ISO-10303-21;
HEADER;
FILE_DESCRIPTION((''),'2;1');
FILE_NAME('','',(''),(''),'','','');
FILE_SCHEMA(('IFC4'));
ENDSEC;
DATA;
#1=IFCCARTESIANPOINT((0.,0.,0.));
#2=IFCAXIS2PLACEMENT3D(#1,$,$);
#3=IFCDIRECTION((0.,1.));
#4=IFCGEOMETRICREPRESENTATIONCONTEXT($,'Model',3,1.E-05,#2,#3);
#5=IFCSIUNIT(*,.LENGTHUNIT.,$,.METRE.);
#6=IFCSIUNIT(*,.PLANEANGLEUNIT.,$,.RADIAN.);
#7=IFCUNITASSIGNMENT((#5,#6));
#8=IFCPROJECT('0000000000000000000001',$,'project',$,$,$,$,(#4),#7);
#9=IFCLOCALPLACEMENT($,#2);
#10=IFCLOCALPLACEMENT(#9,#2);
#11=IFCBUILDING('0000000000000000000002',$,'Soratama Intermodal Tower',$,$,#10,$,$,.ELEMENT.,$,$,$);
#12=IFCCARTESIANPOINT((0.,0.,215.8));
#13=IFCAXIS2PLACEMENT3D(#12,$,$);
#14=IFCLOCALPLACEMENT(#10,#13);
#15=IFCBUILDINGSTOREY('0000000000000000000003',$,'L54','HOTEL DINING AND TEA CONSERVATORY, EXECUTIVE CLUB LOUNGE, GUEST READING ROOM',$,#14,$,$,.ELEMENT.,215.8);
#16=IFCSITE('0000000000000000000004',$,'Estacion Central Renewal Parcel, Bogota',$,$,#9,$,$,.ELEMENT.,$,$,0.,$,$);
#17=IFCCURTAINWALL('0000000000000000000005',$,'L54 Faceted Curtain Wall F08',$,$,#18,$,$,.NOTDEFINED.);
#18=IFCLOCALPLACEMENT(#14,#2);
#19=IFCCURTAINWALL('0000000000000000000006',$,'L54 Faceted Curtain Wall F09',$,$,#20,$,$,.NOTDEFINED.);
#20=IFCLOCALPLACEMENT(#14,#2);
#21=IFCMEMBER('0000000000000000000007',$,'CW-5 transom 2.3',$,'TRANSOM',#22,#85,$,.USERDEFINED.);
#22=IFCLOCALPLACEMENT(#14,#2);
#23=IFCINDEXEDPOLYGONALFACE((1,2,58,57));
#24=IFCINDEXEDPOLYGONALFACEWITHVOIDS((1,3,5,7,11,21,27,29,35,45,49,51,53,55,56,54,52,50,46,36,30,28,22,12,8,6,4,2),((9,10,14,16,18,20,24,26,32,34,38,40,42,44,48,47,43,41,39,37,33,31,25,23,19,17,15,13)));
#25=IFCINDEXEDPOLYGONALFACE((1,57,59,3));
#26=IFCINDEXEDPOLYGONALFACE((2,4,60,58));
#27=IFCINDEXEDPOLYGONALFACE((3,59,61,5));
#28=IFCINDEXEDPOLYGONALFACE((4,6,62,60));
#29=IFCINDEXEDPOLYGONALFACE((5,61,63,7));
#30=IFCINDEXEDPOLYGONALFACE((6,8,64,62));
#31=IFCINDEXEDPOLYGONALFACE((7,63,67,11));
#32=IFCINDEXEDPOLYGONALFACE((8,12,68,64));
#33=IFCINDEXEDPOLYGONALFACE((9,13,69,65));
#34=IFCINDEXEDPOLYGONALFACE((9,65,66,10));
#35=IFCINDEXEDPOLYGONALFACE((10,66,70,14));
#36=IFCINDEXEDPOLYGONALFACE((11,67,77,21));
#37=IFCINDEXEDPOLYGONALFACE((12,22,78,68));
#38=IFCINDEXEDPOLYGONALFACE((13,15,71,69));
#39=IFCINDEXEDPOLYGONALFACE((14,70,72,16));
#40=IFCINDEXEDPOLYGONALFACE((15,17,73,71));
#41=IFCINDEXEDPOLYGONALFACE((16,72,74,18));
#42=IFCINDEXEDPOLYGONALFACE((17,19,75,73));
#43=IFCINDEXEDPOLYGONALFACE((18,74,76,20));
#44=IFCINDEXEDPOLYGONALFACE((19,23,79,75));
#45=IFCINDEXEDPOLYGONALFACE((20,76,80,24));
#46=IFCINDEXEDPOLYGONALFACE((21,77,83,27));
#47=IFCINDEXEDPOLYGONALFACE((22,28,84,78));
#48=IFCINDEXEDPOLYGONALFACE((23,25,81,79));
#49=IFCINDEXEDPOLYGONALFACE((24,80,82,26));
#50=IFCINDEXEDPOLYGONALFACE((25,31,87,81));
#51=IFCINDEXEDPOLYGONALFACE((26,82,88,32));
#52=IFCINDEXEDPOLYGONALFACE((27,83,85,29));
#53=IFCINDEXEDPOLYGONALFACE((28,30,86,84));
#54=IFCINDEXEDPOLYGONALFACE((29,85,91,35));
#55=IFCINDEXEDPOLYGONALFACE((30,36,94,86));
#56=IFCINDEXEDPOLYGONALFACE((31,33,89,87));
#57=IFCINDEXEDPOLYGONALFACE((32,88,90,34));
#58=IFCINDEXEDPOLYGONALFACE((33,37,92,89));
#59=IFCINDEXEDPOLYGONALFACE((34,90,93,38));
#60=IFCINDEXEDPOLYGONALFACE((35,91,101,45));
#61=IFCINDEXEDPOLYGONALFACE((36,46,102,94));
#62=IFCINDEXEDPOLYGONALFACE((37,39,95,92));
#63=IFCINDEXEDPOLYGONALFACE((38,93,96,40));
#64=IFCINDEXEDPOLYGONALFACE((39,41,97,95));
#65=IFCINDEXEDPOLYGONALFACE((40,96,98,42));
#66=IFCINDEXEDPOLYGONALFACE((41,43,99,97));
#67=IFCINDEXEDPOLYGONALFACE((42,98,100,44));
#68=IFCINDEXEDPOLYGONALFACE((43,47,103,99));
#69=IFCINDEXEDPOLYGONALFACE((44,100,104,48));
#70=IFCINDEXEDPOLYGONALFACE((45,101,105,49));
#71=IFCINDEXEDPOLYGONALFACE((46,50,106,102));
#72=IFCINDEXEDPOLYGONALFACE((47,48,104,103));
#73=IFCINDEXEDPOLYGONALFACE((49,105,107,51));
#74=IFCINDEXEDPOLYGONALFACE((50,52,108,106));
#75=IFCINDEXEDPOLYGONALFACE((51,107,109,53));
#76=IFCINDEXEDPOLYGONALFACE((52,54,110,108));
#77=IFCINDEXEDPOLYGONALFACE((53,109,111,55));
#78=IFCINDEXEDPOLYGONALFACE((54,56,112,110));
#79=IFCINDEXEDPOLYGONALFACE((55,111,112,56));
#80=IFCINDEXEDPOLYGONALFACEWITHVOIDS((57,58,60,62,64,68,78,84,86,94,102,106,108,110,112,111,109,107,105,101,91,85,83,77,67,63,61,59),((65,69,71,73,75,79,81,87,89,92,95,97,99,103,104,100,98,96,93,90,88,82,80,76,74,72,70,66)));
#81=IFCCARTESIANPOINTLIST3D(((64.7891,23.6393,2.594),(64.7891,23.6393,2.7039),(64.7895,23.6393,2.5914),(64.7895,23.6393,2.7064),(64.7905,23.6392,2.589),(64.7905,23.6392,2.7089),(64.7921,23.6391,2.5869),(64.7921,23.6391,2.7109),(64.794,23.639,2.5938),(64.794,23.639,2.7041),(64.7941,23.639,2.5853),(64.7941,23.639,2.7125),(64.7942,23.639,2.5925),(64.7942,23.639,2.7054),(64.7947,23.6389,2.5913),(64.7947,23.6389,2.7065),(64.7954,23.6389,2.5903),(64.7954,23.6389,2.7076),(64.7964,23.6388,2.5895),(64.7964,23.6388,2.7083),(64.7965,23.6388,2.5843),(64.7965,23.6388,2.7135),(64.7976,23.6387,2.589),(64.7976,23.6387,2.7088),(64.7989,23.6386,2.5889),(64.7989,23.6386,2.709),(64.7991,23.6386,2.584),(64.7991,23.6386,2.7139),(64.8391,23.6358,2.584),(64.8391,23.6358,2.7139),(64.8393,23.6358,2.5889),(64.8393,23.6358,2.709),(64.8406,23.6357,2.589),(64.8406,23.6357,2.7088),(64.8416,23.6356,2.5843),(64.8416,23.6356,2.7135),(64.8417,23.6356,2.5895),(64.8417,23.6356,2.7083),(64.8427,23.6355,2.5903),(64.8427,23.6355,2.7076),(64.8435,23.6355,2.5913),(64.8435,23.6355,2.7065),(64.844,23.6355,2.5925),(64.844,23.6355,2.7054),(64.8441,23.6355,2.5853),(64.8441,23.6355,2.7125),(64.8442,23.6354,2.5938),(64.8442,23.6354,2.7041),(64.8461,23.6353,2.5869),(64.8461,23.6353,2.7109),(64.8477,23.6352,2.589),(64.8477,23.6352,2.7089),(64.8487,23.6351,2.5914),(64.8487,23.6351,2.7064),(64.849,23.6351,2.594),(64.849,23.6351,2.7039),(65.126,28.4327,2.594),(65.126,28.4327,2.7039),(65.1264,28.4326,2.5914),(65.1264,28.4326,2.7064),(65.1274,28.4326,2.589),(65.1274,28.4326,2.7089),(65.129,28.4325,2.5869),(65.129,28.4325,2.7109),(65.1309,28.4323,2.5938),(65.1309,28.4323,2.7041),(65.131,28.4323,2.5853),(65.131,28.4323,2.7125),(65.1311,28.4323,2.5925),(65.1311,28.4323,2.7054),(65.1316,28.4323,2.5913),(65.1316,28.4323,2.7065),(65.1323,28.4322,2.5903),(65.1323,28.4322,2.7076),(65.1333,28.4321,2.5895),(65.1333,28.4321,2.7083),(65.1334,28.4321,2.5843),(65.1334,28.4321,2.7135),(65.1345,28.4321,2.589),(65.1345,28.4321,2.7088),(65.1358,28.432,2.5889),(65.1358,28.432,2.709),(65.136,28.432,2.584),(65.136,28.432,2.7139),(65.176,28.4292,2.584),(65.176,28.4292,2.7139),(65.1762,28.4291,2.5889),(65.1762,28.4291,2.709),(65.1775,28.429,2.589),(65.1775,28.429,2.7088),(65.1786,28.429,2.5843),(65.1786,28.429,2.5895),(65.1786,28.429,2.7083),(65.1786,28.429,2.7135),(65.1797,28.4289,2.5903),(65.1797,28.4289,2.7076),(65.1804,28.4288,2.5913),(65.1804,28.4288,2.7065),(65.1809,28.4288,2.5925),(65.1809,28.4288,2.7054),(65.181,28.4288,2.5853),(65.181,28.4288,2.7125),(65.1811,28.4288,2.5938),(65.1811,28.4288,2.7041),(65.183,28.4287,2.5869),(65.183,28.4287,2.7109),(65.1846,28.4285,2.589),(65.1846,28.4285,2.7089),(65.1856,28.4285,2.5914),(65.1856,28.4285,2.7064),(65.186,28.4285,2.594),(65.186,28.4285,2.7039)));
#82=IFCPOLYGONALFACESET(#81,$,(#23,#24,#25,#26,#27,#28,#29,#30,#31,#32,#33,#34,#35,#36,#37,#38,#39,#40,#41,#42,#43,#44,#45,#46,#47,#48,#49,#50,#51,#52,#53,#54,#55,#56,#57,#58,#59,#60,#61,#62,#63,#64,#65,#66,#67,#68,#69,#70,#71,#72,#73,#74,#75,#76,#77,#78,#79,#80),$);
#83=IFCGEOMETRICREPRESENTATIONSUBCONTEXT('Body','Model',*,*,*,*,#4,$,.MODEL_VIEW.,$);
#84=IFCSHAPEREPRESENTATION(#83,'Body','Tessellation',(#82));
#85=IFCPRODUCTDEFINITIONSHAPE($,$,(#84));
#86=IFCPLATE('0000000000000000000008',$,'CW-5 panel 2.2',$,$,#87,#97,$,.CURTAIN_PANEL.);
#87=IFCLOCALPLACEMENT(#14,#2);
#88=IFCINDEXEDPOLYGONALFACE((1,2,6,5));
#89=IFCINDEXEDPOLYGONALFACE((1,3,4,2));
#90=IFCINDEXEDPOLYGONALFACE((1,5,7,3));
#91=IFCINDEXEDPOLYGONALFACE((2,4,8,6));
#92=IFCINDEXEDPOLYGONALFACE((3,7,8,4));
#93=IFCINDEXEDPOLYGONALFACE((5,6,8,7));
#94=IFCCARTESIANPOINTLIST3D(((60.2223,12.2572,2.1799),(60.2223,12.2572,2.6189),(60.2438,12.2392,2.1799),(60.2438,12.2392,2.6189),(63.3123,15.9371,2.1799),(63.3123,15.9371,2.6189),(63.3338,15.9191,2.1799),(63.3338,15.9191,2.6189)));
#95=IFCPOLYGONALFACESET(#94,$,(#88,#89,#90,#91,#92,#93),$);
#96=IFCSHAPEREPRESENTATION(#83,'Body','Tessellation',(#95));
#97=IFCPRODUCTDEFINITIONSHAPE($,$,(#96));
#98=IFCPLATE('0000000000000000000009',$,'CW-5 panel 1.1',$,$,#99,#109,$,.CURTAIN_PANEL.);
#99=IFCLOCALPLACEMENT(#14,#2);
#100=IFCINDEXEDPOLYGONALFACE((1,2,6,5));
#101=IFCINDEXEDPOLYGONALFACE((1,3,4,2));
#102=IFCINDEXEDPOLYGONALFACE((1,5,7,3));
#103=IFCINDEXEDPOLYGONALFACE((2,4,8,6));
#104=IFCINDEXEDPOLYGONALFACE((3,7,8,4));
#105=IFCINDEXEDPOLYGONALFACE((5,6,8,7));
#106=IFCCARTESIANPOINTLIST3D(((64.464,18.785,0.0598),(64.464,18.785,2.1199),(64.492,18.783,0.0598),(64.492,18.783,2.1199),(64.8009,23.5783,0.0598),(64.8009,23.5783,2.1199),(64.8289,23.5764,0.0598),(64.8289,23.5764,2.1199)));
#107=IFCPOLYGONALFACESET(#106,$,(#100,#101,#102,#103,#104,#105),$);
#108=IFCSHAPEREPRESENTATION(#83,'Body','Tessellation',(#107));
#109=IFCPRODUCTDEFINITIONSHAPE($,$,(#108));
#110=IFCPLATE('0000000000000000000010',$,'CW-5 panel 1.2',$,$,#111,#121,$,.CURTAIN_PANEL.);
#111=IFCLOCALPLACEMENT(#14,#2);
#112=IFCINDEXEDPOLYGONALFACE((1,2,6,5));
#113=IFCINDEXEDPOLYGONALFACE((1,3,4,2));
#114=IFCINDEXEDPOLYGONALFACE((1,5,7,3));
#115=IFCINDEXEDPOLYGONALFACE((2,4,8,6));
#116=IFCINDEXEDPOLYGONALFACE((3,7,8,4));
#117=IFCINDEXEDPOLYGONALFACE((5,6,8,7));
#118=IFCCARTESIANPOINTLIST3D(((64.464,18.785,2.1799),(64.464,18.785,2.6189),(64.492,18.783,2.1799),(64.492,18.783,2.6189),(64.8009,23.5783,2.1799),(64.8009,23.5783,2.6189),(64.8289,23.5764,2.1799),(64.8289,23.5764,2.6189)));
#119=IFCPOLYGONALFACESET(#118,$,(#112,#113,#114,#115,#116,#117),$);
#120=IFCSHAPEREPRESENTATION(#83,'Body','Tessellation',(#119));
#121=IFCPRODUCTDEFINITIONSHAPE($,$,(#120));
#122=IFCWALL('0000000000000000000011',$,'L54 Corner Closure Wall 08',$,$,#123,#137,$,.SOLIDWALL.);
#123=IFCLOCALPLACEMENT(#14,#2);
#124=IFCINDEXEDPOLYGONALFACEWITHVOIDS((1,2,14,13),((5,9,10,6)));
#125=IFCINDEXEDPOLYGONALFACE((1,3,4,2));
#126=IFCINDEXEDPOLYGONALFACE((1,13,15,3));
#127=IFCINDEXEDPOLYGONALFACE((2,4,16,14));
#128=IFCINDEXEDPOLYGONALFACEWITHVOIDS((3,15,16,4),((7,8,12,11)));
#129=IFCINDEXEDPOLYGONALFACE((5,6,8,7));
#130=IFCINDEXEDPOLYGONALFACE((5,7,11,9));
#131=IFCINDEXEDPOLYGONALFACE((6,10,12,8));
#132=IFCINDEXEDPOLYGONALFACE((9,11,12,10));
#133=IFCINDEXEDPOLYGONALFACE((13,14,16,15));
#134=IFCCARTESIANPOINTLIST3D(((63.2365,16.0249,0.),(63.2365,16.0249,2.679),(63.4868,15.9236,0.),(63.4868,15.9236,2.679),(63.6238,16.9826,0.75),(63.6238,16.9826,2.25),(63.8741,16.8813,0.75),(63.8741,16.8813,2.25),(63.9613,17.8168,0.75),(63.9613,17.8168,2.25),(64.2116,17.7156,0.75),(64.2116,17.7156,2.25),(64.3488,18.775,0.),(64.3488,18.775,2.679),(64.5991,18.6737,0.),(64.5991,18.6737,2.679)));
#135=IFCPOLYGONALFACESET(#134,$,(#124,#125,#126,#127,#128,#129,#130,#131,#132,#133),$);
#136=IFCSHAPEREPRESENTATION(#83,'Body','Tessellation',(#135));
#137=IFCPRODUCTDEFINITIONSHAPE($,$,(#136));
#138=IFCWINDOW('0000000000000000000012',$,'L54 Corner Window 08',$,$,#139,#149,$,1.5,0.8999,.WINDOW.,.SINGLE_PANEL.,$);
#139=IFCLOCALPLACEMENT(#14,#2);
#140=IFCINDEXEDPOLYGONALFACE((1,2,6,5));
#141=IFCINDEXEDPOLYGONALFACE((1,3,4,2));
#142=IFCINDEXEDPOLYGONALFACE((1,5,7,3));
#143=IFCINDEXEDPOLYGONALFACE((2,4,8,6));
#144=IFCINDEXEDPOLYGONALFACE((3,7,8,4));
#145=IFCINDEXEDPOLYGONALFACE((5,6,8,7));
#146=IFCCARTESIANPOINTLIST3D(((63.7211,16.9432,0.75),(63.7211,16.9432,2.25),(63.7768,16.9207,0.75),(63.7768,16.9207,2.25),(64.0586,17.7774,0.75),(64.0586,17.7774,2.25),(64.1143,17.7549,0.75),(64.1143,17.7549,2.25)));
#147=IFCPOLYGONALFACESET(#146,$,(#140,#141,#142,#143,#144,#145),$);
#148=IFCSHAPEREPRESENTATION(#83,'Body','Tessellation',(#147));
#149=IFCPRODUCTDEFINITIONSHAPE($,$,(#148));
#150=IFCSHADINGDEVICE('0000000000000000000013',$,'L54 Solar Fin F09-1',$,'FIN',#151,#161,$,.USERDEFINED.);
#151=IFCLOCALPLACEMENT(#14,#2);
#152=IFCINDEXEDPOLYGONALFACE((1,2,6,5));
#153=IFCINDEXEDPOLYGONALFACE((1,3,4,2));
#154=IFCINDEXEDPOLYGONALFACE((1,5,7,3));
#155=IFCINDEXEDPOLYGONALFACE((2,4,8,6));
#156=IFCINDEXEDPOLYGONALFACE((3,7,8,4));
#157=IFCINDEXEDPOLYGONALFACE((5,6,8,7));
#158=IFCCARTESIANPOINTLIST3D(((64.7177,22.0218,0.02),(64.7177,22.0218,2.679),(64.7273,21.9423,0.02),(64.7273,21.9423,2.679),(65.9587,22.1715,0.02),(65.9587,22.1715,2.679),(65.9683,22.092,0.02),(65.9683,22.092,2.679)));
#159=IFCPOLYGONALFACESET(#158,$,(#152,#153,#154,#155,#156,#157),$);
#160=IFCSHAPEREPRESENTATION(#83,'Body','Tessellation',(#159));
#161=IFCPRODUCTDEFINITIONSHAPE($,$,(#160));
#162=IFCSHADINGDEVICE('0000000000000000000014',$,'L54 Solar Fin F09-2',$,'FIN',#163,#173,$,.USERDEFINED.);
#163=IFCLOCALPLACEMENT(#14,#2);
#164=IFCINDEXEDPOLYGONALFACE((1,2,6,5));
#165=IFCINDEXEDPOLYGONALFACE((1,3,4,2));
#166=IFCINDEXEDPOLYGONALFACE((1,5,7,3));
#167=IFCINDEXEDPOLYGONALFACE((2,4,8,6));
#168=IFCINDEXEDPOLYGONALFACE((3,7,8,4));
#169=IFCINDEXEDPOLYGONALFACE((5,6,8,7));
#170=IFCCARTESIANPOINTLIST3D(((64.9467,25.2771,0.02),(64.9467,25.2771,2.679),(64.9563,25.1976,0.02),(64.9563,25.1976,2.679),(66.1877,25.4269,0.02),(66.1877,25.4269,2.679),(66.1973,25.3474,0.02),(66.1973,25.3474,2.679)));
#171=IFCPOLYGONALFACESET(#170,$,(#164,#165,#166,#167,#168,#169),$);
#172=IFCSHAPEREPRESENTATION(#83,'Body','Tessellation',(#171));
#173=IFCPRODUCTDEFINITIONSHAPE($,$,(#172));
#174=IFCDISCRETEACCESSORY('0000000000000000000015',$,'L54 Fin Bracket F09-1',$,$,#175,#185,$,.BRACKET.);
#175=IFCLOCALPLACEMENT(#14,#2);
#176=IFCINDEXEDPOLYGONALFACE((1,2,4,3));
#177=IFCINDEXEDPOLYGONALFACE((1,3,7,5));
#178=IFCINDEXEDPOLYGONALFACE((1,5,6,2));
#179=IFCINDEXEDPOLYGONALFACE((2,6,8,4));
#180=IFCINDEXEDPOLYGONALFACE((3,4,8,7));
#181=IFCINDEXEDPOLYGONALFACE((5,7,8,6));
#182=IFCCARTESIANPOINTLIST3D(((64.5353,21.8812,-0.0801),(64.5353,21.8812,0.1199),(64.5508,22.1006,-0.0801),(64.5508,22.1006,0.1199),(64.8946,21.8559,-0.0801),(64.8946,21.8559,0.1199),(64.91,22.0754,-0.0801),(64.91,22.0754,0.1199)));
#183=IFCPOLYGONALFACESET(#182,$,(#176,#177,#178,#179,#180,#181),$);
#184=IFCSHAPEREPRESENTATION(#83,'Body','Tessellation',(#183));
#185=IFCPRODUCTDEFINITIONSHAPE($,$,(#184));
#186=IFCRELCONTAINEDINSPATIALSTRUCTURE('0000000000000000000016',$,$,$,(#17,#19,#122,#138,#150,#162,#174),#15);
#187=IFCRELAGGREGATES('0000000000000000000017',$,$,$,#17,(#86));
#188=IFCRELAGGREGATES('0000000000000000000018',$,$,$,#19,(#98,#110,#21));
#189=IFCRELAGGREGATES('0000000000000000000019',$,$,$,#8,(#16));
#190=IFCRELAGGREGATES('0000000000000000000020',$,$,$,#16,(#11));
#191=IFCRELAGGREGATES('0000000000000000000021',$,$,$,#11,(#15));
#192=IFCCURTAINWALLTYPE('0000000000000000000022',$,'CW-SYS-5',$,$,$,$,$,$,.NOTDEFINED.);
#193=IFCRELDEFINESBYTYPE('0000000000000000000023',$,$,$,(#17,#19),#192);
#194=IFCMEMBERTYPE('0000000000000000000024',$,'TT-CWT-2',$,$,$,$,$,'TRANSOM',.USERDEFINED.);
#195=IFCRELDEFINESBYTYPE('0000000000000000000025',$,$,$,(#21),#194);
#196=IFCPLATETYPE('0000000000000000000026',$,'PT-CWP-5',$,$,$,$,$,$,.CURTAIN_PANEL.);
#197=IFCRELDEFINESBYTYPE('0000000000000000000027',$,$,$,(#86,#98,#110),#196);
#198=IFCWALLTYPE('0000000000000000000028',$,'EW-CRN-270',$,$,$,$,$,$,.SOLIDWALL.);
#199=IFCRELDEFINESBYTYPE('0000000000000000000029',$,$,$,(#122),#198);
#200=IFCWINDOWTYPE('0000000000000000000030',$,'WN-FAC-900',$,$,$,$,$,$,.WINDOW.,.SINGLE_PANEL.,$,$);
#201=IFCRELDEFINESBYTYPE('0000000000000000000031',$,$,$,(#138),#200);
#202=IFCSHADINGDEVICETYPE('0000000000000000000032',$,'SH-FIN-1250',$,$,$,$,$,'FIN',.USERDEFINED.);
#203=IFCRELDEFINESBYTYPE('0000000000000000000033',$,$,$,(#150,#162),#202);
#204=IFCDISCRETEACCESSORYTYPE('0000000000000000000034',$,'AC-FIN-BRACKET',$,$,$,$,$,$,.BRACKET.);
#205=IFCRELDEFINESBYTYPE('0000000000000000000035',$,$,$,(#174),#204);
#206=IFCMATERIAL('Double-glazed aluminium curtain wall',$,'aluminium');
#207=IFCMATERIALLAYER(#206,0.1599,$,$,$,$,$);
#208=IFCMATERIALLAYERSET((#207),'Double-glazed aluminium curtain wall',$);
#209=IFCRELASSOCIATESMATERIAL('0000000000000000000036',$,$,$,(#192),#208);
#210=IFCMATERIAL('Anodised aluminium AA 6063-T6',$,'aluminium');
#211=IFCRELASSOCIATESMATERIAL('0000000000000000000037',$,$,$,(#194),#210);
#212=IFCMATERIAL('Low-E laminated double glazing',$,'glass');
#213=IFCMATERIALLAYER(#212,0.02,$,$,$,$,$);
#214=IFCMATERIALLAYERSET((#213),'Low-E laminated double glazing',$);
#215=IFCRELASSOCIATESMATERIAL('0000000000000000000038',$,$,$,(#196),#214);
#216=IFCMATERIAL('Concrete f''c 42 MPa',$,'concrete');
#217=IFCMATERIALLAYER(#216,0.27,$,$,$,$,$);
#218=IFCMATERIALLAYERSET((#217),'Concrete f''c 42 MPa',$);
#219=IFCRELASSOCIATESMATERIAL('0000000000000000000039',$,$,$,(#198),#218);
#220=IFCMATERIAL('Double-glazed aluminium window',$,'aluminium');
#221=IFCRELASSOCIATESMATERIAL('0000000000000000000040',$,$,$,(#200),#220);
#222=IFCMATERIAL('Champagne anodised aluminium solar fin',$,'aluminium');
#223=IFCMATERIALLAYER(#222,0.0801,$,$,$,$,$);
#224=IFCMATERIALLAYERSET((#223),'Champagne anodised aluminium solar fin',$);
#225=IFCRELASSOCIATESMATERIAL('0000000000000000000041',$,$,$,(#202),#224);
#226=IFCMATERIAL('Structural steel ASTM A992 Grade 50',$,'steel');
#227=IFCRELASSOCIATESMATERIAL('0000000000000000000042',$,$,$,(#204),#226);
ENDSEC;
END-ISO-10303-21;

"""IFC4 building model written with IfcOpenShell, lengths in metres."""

from ifc_helpers import new_model, si_unit, direction, frame, frame_2d, origin, origin_2d, place, context, subcontext, project, spatial, rectangle, hollow_rectangle, extrude, material, layer, layer_set, material_profile, profile_set, type_object, element, fill, aggregate, save


model = new_model("IFC4")

# Units and contexts
model_context = context("Model", 3, precision=1e-05, world=origin(), true_north=direction((0.0, 1.0)))
body_context = subcontext(model_context, "Body", "Model", "MODEL_VIEW")
ifc_project = project(units=[si_unit("LENGTHUNIT", "METRE"), si_unit("PLANEANGLEUNIT", "RADIAN")], contexts=[model_context])

# Site, building, storey
site_placement = place(None, origin())
site = spatial("IfcSite", under=ifc_project, at=site_placement, Name="Estacion Central Renewal Parcel, Bogota", CompositionType="ELEMENT", RefElevation=0.0)
building_placement = place(site_placement, origin())
building = spatial("IfcBuilding", under=site, at=building_placement, Name="Soratama Intermodal Tower", CompositionType="ELEMENT")
storey_placement = place(building_placement, frame((0.0, 0.0, 215.8)))
storey = spatial("IfcBuildingStorey", under=building, at=storey_placement, Name="L54", Description="HOTEL DINING AND TEA CONSERVATORY, EXECUTIVE CLUB LOUNGE, GUEST READING ROOM", CompositionType="ELEMENT", Elevation=215.8)

# Curtain wall
ifc_material_1 = material(Name="Double-glazed aluminium curtain wall", Category="aluminium")
ifc_layer_1 = layer(ifc_material_1, 0.1599)
ifc_layer_set_1 = layer_set([ifc_layer_1], Name="Double-glazed aluminium curtain wall")
curtain_wall_type = type_object("IfcCurtainWallType", Name="CW-SYS-5", PredefinedType="NOTDEFINED", material=ifc_layer_set_1)
curtain_wall_1_placement = place(storey_placement, origin())
curtain_wall_1 = element("IfcCurtainWall", 1, at=curtain_wall_1_placement, inside=storey, type_object=curtain_wall_type, Name="L54 Faceted Curtain Wall F08", PredefinedType="NOTDEFINED")

# Curtain wall, member
curtain_wall_2_placement = place(storey_placement, origin())
curtain_wall_2 = element("IfcCurtainWall", 2, at=curtain_wall_2_placement, inside=storey, type_object=curtain_wall_type, Name="L54 Faceted Curtain Wall F09", PredefinedType="NOTDEFINED")
ifc_material_2 = material(Name="Anodised aluminium AA 6063-T6", Category="aluminium")
ifc_material_profile_1 = material_profile(ifc_material_2, hollow_rectangle(XDim=0.0601, YDim=0.1299, WallThickness=0.0049, InnerFilletRadius=0.0049, OuterFilletRadius=0.01, at=origin_2d()), Name="CWT130X60X5")
ifc_profile_set_1 = profile_set([ifc_material_profile_1], Name="Anodised aluminium AA 6063-T6")
member_type_1 = type_object("IfcMemberType", Name="TT-CWT-2", ElementType="TRANSOM", PredefinedType="USERDEFINED", material=ifc_profile_set_1)
member_1_placement = place(storey_placement, frame((64.8191, 23.6372, 2.6489), z_axis=(0.070113, 0.997539, 0.0), x_axis=(-0.997539, 0.070113, 0.0)))
member_1 = element("IfcMember", 3, at=member_1_placement, type_object=member_type_1, Name="CW-5 transom 2.3", ObjectType="TRANSOM", PredefinedType="USERDEFINED", context=body_context, shape_type="SweptSolid", body=[
    extrude(hollow_rectangle(XDim=0.0601, YDim=0.1299, WallThickness=0.0049, InnerFilletRadius=0.0049, OuterFilletRadius=0.01, at=origin_2d()), origin(), (0.0, 0.0, 1.0), 4.8052),
])

# Plates
ifc_material_3 = material(Name="Low-E laminated double glazing", Category="glass")
ifc_layer_2 = layer(ifc_material_3, 0.02)
ifc_layer_set_2 = layer_set([ifc_layer_2], Name="Low-E laminated double glazing")
plate_type = type_object("IfcPlateType", Name="PT-CWP-5", PredefinedType="CURTAIN_PANEL", material=ifc_layer_set_2)
plate_1_placement = place(storey_placement, frame((61.7781, 14.0881, 2.1799), z_axis=(0.0, 0.0, 1.0), x_axis=(0.643051, 0.765823, 0.0)))
plate_1 = element("IfcPlate", 4, at=plate_1_placement, type_object=plate_type, Name="CW-5 panel 2.2", PredefinedType="CURTAIN_PANEL", context=body_context, shape_type="SweptSolid", body=[
    extrude(rectangle(XDim=4.8052, YDim=0.0281, at=origin_2d()), origin(), (0.0, 0.0, 1.0), 0.439),
])
aggregate(curtain_wall_1, [plate_1])
plate_2_placement = place(storey_placement, frame((64.6465, 21.1807, 0.0598), z_axis=(0.0, 0.0, 1.0), x_axis=(0.070109, 0.997539, 0.0)))
plate_2 = element("IfcPlate", 5, at=plate_2_placement, type_object=plate_type, Name="CW-5 panel 1.1", PredefinedType="CURTAIN_PANEL", context=body_context, shape_type="SweptSolid", body=[
    extrude(rectangle(XDim=4.8052, YDim=0.0281, at=origin_2d()), origin(), (0.0, 0.0, 1.0), 2.0601),
])
plate_3_placement = place(storey_placement, frame((64.6465, 21.1807, 2.1799), z_axis=(0.0, 0.0, 1.0), x_axis=(0.070109, 0.997539, 0.0)))
plate_3 = element("IfcPlate", 6, at=plate_3_placement, type_object=plate_type, Name="CW-5 panel 1.2", PredefinedType="CURTAIN_PANEL", context=body_context, shape_type="SweptSolid", body=[
    extrude(rectangle(XDim=4.8052, YDim=0.0281, at=origin_2d()), origin(), (0.0, 0.0, 1.0), 0.439),
])
aggregate(curtain_wall_2, [plate_2, plate_3, member_1])

# Wall, opening, window
ifc_material_4 = material(Name="Concrete f'c 42 MPa", Category="concrete")
ifc_layer_3 = layer(ifc_material_4, 0.27)
ifc_layer_set_3 = layer_set([ifc_layer_3], Name="Concrete f'c 42 MPa")
wall_type = type_object("IfcWallType", Name="EW-CRN-270", PredefinedType="SOLIDWALL", material=ifc_layer_set_3)
wall_placement = place(storey_placement, frame((63.3616, 15.9741, 0.0), z_axis=(0.0, 0.0, 1.0), x_axis=(0.374964, 0.927039, 0.0)))
wall = element("IfcWall", 7, at=wall_placement, inside=storey, type_object=wall_type, Name="L54 Corner Closure Wall 08", PredefinedType="SOLIDWALL", context=body_context, shape_type="SweptSolid", body=[
    extrude(rectangle(XDim=2.9666, YDim=0.27, at=frame_2d((1.4834, 0.0))), origin(), (0.0, 0.0, 1.0), 2.679),
])
opening_placement = place(wall_placement, frame((1.0332, 0.0, 0.75)))
opening = element("IfcOpeningElement", 8, at=opening_placement, cuts=wall, PredefinedType="OPENING", context=body_context, shape_type="SweptSolid", body=[
    extrude(rectangle(XDim=0.8999, YDim=1.5, at=frame_2d((0.45, 0.75))), frame((0.0, 0.145, 0.0), z_axis=(0.0, -1.0, 0.0), x_axis=(1.0, 0.0, 0.0)), (0.0, 0.0, 1.0), 0.29),
])
ifc_material_5 = material(Name="Double-glazed aluminium window", Category="aluminium")
window_type = type_object("IfcWindowType", Name="WN-FAC-900", PartitioningType="SINGLE_PANEL", PredefinedType="WINDOW", material=ifc_material_5)
window_placement = place(opening_placement, origin())
window = element("IfcWindow", 9, at=window_placement, inside=storey, type_object=window_type, Name="L54 Corner Window 08", OverallHeight=1.5, OverallWidth=0.8999, PartitioningType="SINGLE_PANEL", PredefinedType="WINDOW", context=body_context, shape_type="SweptSolid", body=[
    extrude(rectangle(XDim=0.8999, YDim=1.5, at=frame_2d((0.45, 0.75))), frame((0.0, 0.03, 0.0), z_axis=(0.0, -1.0, 0.0), x_axis=(1.0, 0.0, 0.0)), (0.0, 0.0, 1.0), 0.0601),
])
fill(opening, window)

# Shading devices
ifc_material_6 = material(Name="Champagne anodised aluminium solar fin", Category="aluminium")
ifc_layer_4 = layer(ifc_material_6, 0.0801)
ifc_layer_set_4 = layer_set([ifc_layer_4], Name="Champagne anodised aluminium solar fin")
shading_device_type = type_object("IfcShadingDeviceType", Name="SH-FIN-1250", ElementType="FIN", PredefinedType="USERDEFINED", material=ifc_layer_set_4)
for number, where, z_axis, x_axis, name in (
    (10, (65.343, 22.0569, 0.02), (0.0, 0.0, 1.0), (0.992799, 0.11979, 0.0), "L54 Solar Fin F09-1"),
    (11, (65.572, 25.3123, 0.02), (0.0, 0.0, 1.0), (0.992799, 0.11979, 0.0), "L54 Solar Fin F09-2"),
):
    element("IfcShadingDevice", number, at=place(storey_placement, frame(where, z_axis=z_axis, x_axis=x_axis)), inside=storey, type_object=shading_device_type, Name=name, ObjectType="FIN", PredefinedType="USERDEFINED", context=body_context, shape_type="SweptSolid", body=[
        extrude(rectangle(XDim=1.25, YDim=0.0801, at=origin_2d()), origin(), (0.0, 0.0, 1.0), 2.6589),
    ])

# Discrete accessory
ifc_material_7 = material(Name="Structural steel ASTM A992 Grade 50", Category="steel")
discrete_accessory_type = type_object("IfcDiscreteAccessoryType", Name="AC-FIN-BRACKET", PredefinedType="BRACKET", material=ifc_material_7)
for number, where, z_axis, x_axis, name in (
    (12, (64.7227, 21.9783, -0.0801), (0.0, 0.0, 1.0), (0.99754, -0.070105, 0.0), "L54 Fin Bracket F09-1"),
):
    element("IfcDiscreteAccessory", number, at=place(storey_placement, frame(where, z_axis=z_axis, x_axis=x_axis)), inside=storey, type_object=discrete_accessory_type, Name=name, PredefinedType="BRACKET", context=body_context, shape_type="SweptSolid", body=[
        extrude(rectangle(XDim=0.3601, YDim=0.22, at=origin_2d()), origin(), (0.0, 0.0, 1.0), 0.2),
    ])

save(model, "model.ifc")
